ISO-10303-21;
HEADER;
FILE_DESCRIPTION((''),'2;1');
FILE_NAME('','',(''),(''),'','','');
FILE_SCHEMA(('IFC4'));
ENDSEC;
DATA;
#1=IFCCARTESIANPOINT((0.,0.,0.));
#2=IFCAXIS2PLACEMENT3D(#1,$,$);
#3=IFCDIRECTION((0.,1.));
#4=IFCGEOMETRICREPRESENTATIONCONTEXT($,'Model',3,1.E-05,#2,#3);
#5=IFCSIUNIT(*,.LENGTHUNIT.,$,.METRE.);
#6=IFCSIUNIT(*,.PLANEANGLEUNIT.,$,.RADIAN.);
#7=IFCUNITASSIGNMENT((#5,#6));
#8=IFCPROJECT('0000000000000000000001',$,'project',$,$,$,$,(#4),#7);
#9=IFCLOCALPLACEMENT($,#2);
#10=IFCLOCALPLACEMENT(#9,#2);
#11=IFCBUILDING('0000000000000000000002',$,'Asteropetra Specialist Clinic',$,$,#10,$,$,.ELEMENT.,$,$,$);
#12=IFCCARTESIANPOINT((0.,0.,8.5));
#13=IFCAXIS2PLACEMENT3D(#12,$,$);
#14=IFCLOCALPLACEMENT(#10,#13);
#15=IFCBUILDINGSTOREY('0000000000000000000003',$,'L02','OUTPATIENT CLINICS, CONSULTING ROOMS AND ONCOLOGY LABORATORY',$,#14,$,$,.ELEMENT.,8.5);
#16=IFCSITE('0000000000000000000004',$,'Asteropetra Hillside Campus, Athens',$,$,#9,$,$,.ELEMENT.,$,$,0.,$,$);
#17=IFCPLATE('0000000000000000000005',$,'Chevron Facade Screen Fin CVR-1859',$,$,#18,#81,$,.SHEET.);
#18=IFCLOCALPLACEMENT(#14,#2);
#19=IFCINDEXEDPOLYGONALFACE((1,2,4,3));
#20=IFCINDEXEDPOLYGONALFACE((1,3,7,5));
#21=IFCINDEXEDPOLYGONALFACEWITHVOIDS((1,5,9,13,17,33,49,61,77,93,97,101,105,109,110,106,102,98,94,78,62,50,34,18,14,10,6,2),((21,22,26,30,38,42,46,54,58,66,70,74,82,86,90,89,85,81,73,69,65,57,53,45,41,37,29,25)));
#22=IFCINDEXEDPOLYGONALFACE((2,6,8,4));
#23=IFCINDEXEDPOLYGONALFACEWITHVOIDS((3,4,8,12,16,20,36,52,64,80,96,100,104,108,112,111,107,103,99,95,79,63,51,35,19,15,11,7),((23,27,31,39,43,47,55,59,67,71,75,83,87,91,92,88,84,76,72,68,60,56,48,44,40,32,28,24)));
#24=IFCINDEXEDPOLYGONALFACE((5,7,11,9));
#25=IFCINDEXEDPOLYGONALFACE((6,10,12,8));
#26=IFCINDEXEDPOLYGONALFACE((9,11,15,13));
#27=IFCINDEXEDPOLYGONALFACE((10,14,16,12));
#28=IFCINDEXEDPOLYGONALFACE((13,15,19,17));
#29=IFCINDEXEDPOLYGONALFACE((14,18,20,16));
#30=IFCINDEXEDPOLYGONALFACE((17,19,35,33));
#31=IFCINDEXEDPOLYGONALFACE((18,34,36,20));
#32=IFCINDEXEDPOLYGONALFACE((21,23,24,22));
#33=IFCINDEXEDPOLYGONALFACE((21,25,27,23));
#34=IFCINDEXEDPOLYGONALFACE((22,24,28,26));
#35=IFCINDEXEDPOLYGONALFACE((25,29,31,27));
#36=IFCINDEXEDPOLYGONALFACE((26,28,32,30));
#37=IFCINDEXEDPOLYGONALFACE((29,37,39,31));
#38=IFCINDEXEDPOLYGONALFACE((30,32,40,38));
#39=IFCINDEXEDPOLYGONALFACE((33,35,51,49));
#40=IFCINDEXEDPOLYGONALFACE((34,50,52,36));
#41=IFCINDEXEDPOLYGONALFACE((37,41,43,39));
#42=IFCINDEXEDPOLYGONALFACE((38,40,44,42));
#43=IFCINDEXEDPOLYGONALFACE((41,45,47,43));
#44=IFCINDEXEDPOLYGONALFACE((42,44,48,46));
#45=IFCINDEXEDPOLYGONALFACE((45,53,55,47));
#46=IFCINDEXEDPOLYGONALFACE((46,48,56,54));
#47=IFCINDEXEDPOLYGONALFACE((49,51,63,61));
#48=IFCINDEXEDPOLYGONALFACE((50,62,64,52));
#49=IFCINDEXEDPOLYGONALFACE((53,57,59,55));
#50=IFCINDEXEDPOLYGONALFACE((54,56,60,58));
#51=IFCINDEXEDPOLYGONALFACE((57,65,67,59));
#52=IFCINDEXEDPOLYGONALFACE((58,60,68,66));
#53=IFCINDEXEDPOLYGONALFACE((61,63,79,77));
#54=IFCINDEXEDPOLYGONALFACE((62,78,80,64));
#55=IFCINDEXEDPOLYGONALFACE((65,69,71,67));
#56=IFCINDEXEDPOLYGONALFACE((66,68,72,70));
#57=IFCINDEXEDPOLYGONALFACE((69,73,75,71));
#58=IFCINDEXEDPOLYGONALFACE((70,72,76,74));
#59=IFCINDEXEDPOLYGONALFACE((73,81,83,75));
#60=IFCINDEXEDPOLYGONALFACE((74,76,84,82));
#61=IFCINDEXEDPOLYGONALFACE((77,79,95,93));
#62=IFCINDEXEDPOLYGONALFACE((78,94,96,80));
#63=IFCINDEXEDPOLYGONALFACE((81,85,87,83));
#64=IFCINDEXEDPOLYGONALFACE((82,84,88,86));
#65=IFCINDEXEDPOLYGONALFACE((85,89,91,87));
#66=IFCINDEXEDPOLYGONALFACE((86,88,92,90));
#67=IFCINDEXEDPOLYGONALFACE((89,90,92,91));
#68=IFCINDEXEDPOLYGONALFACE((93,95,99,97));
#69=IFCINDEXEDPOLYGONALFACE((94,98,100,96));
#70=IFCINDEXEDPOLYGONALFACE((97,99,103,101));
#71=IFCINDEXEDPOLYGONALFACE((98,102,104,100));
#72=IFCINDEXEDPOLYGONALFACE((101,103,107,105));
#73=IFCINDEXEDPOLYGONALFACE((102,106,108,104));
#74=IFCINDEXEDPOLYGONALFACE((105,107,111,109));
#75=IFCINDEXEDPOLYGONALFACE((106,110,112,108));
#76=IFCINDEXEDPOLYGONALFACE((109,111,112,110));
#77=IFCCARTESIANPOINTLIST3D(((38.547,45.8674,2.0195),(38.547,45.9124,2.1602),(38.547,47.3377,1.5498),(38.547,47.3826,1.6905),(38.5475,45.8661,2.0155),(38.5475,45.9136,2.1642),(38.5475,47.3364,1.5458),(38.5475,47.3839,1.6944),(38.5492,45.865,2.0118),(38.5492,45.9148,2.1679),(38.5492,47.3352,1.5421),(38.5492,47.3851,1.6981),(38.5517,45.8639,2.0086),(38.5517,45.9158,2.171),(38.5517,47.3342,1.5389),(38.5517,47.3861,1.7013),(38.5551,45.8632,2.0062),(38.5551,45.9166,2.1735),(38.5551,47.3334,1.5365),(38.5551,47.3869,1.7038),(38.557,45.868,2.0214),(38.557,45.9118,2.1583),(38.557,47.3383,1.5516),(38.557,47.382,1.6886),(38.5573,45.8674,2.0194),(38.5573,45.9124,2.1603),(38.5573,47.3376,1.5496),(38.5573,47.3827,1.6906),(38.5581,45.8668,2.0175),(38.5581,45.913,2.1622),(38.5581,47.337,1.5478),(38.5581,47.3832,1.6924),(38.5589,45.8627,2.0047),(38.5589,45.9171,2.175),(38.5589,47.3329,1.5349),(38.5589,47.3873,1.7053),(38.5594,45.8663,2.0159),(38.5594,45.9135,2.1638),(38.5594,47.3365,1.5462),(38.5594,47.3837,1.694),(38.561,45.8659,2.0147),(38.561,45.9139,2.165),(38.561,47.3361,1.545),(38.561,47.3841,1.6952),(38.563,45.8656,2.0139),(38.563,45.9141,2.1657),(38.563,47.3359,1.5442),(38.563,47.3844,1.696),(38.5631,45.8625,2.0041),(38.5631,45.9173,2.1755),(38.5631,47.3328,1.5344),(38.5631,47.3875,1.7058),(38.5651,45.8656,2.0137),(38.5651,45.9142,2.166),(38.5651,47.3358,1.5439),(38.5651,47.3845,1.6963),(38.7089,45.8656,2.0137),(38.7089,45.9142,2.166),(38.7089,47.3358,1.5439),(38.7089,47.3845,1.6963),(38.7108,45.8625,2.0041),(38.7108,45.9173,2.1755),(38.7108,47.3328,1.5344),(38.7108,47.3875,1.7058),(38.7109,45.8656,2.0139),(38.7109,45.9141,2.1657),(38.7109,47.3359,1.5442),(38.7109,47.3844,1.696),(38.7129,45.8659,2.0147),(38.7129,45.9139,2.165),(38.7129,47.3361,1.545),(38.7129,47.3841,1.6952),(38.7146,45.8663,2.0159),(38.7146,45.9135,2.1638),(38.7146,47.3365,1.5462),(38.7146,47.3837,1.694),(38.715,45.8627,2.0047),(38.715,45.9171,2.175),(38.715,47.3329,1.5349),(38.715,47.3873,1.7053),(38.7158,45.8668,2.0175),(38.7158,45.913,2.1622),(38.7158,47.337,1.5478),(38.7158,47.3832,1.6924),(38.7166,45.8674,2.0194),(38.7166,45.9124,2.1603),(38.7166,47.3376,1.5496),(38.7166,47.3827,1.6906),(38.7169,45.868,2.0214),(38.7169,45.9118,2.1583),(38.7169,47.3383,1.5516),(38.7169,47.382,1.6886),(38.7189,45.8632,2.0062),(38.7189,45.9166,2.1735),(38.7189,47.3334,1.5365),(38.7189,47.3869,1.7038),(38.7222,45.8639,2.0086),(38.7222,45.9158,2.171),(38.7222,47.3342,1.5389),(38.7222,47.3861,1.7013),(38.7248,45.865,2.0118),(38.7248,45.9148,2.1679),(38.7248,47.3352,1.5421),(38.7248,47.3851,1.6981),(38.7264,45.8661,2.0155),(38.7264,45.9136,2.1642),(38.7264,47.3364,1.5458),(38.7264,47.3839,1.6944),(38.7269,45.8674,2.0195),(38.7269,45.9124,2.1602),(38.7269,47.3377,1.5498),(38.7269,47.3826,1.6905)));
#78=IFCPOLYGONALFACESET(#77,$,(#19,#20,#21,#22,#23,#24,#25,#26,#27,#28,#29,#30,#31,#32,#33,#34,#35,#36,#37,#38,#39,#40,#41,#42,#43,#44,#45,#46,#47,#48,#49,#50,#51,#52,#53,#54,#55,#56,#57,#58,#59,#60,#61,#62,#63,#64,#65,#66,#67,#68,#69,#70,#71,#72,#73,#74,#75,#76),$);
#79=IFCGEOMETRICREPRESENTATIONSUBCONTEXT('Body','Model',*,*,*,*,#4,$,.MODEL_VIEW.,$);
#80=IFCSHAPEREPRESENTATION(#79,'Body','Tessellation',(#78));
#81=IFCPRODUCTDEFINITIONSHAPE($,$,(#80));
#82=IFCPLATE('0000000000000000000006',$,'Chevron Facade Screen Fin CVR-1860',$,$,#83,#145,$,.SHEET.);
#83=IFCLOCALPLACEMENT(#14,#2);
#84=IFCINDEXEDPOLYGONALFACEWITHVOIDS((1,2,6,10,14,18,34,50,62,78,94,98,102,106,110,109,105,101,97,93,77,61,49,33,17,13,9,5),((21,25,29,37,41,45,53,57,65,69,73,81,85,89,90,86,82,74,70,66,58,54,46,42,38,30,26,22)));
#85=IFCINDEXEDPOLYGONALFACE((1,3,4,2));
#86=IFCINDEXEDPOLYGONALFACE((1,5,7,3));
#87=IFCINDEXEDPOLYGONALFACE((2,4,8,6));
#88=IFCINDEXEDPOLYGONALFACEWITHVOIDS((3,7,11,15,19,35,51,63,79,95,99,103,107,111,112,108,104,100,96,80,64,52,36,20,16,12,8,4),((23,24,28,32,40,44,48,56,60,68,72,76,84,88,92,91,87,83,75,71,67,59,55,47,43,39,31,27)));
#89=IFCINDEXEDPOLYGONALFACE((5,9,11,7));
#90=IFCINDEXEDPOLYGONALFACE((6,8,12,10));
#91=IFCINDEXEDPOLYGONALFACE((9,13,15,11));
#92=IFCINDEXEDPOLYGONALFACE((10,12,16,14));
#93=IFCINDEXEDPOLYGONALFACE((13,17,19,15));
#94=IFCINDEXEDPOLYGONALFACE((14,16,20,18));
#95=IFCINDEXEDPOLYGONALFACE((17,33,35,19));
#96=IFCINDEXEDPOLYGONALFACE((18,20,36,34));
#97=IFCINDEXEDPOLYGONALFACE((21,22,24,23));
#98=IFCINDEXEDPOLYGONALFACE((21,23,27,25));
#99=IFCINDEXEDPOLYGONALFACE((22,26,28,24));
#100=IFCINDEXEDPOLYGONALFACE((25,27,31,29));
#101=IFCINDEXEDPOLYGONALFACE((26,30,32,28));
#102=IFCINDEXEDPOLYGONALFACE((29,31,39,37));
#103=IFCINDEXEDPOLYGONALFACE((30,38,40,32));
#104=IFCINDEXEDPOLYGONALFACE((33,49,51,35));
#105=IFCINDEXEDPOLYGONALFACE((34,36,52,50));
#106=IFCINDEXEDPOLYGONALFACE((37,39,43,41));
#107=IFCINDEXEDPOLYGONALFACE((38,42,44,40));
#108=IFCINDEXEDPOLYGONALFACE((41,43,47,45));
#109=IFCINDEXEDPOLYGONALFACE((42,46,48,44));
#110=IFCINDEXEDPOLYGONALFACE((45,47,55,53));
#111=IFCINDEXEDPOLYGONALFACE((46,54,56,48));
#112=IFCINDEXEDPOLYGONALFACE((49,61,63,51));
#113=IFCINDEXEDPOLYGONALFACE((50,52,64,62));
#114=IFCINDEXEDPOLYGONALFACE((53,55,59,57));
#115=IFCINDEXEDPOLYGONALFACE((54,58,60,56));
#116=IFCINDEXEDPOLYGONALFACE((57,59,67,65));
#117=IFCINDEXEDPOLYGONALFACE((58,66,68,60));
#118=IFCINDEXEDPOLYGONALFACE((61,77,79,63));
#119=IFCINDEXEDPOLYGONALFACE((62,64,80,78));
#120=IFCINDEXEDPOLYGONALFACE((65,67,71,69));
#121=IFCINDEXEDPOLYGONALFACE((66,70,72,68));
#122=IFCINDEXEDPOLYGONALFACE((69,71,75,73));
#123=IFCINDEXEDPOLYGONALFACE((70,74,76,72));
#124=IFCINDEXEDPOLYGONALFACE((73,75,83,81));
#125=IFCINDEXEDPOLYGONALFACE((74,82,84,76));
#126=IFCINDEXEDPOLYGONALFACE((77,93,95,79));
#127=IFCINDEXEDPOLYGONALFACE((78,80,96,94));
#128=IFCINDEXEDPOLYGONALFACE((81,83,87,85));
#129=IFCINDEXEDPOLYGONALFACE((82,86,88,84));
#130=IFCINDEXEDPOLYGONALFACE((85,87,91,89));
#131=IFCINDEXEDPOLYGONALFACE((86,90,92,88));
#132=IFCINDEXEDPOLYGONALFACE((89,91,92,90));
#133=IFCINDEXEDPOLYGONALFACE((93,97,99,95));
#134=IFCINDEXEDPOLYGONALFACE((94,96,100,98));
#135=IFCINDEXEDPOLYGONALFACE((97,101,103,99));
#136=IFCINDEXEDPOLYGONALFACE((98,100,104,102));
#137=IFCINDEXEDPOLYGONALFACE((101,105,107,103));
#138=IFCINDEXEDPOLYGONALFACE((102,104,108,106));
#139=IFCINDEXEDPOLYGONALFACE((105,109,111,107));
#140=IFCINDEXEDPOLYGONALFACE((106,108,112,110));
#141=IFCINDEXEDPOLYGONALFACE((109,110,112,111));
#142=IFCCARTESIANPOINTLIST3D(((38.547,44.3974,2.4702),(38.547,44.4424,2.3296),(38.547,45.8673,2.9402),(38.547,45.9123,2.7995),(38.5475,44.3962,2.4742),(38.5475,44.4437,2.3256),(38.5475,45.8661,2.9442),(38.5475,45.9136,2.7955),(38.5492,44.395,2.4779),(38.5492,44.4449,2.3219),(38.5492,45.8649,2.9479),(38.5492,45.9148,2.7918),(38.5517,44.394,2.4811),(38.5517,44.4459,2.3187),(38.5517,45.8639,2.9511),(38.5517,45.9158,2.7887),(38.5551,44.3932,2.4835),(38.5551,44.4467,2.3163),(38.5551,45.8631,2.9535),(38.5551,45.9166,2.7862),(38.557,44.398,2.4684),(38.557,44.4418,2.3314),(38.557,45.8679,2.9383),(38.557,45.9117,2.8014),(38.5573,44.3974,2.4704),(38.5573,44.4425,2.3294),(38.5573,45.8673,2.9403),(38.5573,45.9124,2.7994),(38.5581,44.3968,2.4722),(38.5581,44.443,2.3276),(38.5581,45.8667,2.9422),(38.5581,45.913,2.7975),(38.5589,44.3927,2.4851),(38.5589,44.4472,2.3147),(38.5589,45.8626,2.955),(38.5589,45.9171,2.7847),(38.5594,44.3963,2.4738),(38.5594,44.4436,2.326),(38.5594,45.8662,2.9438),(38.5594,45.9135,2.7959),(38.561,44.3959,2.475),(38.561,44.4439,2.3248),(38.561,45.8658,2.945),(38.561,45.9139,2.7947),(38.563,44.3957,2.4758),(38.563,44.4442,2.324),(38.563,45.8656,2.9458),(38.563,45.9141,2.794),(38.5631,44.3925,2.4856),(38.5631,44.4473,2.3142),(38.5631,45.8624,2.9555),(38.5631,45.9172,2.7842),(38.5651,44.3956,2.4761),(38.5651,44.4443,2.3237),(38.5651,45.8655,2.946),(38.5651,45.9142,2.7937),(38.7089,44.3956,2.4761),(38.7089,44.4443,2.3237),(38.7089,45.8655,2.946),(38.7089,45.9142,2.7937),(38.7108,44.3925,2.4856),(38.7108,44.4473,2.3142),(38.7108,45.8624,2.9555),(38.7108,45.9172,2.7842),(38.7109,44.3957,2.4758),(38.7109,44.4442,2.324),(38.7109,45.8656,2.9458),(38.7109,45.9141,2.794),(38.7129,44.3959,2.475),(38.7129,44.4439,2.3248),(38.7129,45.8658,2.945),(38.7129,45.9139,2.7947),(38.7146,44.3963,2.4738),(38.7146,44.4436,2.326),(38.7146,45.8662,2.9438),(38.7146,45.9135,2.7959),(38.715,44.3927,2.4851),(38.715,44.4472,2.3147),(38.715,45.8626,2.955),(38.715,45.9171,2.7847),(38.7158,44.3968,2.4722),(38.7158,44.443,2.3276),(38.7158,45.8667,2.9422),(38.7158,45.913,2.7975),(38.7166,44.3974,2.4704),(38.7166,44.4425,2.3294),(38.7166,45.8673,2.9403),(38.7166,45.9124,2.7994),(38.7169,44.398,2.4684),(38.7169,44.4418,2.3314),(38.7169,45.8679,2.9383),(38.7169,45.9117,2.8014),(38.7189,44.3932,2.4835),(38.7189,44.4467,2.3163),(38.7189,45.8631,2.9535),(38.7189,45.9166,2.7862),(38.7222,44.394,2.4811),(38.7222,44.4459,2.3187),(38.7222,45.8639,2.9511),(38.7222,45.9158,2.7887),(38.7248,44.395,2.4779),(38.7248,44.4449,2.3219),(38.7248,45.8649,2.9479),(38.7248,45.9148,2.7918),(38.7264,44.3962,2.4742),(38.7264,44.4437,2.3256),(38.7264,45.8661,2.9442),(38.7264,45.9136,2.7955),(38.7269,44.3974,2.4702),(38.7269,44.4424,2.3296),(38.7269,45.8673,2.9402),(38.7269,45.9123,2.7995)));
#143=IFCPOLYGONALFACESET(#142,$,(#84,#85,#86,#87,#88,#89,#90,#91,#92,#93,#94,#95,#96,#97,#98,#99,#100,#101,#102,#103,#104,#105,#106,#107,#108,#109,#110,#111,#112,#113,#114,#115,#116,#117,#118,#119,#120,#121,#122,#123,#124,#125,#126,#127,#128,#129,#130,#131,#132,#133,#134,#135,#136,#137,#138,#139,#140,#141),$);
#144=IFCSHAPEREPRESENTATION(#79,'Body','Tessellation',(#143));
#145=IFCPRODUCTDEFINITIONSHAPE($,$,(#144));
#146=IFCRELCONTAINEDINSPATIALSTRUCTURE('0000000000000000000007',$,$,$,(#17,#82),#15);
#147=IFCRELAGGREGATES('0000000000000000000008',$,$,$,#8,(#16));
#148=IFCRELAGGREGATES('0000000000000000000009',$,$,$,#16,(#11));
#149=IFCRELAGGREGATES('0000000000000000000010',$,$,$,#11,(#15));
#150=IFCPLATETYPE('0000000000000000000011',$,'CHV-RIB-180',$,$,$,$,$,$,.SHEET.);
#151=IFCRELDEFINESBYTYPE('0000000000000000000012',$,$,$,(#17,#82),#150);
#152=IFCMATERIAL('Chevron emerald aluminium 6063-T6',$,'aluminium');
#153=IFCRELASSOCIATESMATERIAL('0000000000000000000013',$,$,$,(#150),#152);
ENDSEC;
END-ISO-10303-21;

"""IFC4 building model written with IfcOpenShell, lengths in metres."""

from ifc_helpers import new_model, si_unit, direction, frame, origin, origin_2d, place, context, subcontext, project, spatial, hollow_rectangle, extrude, material, material_profile, profile_set, type_object, element, save


model = new_model("IFC4")

# Units and contexts
model_context = context("Model", 3, precision=1e-05, world=origin(), true_north=direction((0.0, 1.0)))
body_context = subcontext(model_context, "Body", "Model", "MODEL_VIEW")
ifc_project = project(units=[si_unit("LENGTHUNIT", "METRE"), si_unit("PLANEANGLEUNIT", "RADIAN")], contexts=[model_context])

# Site, building, storey
site_placement = place(None, origin())
site = spatial("IfcSite", under=ifc_project, at=site_placement, Name="Asteropetra Hillside Campus, Athens", CompositionType="ELEMENT", RefElevation=0.0)
building_placement = place(site_placement, origin())
building = spatial("IfcBuilding", under=site, at=building_placement, Name="Asteropetra Specialist Clinic", CompositionType="ELEMENT")
storey_placement = place(building_placement, frame((0.0, 0.0, 8.5)))
storey = spatial("IfcBuildingStorey", under=building, at=storey_placement, Name="L02", Description="OUTPATIENT CLINICS, CONSULTING ROOMS AND ONCOLOGY LABORATORY", CompositionType="ELEMENT", Elevation=8.5)

# Plates
ifc_material_1 = material(Name="Chevron emerald aluminium 6063-T6", Category="aluminium")
ifc_material_profile_1 = material_profile(ifc_material_1, hollow_rectangle(XDim=0.1799, YDim=0.1799, WallThickness=0.01, InnerFilletRadius=0.0081, OuterFilletRadius=0.0161, at=origin_2d()), Name="SHS 180x180x10.0")
ifc_profile_set_1 = profile_set([ifc_material_profile_1], Name="Chevron emerald aluminium 6063-T6")
plate_type = type_object("IfcPlateType", Name="CHV-RIB-180", PredefinedType="SHEET", material=ifc_profile_set_1)
plate_1_placement = place(storey_placement, frame((38.637, 45.8899, 2.0898), z_axis=(0.0, 0.952564, -0.304339), x_axis=(-1.0, 0.0, 0.0)))
element("IfcPlate", 1, at=plate_1_placement, inside=storey, type_object=plate_type, Name="Chevron Facade Screen Fin CVR-1859", PredefinedType="SHEET", context=body_context, shape_type="SweptSolid", body=[
    extrude(hollow_rectangle(XDim=0.1799, YDim=0.1799, WallThickness=0.01, InnerFilletRadius=0.0081, OuterFilletRadius=0.0161, at=origin_2d()), origin(), (0.0, 0.0, 1.0), 1.5435),
])
plate_2_placement = place(storey_placement, frame((38.637, 44.4199, 2.3999), z_axis=(0.0, 0.952503, 0.304529), x_axis=(-1.0, 0.0, 0.0)))
element("IfcPlate", 2, at=plate_2_placement, inside=storey, type_object=plate_type, Name="Chevron Facade Screen Fin CVR-1860", PredefinedType="SHEET", context=body_context, shape_type="SweptSolid", body=[
    extrude(hollow_rectangle(XDim=0.1799, YDim=0.1799, WallThickness=0.01, InnerFilletRadius=0.0081, OuterFilletRadius=0.0161, at=origin_2d()), origin(), (0.0, 0.0, 1.0), 1.5432),
])

save(model, "model.ifc")
